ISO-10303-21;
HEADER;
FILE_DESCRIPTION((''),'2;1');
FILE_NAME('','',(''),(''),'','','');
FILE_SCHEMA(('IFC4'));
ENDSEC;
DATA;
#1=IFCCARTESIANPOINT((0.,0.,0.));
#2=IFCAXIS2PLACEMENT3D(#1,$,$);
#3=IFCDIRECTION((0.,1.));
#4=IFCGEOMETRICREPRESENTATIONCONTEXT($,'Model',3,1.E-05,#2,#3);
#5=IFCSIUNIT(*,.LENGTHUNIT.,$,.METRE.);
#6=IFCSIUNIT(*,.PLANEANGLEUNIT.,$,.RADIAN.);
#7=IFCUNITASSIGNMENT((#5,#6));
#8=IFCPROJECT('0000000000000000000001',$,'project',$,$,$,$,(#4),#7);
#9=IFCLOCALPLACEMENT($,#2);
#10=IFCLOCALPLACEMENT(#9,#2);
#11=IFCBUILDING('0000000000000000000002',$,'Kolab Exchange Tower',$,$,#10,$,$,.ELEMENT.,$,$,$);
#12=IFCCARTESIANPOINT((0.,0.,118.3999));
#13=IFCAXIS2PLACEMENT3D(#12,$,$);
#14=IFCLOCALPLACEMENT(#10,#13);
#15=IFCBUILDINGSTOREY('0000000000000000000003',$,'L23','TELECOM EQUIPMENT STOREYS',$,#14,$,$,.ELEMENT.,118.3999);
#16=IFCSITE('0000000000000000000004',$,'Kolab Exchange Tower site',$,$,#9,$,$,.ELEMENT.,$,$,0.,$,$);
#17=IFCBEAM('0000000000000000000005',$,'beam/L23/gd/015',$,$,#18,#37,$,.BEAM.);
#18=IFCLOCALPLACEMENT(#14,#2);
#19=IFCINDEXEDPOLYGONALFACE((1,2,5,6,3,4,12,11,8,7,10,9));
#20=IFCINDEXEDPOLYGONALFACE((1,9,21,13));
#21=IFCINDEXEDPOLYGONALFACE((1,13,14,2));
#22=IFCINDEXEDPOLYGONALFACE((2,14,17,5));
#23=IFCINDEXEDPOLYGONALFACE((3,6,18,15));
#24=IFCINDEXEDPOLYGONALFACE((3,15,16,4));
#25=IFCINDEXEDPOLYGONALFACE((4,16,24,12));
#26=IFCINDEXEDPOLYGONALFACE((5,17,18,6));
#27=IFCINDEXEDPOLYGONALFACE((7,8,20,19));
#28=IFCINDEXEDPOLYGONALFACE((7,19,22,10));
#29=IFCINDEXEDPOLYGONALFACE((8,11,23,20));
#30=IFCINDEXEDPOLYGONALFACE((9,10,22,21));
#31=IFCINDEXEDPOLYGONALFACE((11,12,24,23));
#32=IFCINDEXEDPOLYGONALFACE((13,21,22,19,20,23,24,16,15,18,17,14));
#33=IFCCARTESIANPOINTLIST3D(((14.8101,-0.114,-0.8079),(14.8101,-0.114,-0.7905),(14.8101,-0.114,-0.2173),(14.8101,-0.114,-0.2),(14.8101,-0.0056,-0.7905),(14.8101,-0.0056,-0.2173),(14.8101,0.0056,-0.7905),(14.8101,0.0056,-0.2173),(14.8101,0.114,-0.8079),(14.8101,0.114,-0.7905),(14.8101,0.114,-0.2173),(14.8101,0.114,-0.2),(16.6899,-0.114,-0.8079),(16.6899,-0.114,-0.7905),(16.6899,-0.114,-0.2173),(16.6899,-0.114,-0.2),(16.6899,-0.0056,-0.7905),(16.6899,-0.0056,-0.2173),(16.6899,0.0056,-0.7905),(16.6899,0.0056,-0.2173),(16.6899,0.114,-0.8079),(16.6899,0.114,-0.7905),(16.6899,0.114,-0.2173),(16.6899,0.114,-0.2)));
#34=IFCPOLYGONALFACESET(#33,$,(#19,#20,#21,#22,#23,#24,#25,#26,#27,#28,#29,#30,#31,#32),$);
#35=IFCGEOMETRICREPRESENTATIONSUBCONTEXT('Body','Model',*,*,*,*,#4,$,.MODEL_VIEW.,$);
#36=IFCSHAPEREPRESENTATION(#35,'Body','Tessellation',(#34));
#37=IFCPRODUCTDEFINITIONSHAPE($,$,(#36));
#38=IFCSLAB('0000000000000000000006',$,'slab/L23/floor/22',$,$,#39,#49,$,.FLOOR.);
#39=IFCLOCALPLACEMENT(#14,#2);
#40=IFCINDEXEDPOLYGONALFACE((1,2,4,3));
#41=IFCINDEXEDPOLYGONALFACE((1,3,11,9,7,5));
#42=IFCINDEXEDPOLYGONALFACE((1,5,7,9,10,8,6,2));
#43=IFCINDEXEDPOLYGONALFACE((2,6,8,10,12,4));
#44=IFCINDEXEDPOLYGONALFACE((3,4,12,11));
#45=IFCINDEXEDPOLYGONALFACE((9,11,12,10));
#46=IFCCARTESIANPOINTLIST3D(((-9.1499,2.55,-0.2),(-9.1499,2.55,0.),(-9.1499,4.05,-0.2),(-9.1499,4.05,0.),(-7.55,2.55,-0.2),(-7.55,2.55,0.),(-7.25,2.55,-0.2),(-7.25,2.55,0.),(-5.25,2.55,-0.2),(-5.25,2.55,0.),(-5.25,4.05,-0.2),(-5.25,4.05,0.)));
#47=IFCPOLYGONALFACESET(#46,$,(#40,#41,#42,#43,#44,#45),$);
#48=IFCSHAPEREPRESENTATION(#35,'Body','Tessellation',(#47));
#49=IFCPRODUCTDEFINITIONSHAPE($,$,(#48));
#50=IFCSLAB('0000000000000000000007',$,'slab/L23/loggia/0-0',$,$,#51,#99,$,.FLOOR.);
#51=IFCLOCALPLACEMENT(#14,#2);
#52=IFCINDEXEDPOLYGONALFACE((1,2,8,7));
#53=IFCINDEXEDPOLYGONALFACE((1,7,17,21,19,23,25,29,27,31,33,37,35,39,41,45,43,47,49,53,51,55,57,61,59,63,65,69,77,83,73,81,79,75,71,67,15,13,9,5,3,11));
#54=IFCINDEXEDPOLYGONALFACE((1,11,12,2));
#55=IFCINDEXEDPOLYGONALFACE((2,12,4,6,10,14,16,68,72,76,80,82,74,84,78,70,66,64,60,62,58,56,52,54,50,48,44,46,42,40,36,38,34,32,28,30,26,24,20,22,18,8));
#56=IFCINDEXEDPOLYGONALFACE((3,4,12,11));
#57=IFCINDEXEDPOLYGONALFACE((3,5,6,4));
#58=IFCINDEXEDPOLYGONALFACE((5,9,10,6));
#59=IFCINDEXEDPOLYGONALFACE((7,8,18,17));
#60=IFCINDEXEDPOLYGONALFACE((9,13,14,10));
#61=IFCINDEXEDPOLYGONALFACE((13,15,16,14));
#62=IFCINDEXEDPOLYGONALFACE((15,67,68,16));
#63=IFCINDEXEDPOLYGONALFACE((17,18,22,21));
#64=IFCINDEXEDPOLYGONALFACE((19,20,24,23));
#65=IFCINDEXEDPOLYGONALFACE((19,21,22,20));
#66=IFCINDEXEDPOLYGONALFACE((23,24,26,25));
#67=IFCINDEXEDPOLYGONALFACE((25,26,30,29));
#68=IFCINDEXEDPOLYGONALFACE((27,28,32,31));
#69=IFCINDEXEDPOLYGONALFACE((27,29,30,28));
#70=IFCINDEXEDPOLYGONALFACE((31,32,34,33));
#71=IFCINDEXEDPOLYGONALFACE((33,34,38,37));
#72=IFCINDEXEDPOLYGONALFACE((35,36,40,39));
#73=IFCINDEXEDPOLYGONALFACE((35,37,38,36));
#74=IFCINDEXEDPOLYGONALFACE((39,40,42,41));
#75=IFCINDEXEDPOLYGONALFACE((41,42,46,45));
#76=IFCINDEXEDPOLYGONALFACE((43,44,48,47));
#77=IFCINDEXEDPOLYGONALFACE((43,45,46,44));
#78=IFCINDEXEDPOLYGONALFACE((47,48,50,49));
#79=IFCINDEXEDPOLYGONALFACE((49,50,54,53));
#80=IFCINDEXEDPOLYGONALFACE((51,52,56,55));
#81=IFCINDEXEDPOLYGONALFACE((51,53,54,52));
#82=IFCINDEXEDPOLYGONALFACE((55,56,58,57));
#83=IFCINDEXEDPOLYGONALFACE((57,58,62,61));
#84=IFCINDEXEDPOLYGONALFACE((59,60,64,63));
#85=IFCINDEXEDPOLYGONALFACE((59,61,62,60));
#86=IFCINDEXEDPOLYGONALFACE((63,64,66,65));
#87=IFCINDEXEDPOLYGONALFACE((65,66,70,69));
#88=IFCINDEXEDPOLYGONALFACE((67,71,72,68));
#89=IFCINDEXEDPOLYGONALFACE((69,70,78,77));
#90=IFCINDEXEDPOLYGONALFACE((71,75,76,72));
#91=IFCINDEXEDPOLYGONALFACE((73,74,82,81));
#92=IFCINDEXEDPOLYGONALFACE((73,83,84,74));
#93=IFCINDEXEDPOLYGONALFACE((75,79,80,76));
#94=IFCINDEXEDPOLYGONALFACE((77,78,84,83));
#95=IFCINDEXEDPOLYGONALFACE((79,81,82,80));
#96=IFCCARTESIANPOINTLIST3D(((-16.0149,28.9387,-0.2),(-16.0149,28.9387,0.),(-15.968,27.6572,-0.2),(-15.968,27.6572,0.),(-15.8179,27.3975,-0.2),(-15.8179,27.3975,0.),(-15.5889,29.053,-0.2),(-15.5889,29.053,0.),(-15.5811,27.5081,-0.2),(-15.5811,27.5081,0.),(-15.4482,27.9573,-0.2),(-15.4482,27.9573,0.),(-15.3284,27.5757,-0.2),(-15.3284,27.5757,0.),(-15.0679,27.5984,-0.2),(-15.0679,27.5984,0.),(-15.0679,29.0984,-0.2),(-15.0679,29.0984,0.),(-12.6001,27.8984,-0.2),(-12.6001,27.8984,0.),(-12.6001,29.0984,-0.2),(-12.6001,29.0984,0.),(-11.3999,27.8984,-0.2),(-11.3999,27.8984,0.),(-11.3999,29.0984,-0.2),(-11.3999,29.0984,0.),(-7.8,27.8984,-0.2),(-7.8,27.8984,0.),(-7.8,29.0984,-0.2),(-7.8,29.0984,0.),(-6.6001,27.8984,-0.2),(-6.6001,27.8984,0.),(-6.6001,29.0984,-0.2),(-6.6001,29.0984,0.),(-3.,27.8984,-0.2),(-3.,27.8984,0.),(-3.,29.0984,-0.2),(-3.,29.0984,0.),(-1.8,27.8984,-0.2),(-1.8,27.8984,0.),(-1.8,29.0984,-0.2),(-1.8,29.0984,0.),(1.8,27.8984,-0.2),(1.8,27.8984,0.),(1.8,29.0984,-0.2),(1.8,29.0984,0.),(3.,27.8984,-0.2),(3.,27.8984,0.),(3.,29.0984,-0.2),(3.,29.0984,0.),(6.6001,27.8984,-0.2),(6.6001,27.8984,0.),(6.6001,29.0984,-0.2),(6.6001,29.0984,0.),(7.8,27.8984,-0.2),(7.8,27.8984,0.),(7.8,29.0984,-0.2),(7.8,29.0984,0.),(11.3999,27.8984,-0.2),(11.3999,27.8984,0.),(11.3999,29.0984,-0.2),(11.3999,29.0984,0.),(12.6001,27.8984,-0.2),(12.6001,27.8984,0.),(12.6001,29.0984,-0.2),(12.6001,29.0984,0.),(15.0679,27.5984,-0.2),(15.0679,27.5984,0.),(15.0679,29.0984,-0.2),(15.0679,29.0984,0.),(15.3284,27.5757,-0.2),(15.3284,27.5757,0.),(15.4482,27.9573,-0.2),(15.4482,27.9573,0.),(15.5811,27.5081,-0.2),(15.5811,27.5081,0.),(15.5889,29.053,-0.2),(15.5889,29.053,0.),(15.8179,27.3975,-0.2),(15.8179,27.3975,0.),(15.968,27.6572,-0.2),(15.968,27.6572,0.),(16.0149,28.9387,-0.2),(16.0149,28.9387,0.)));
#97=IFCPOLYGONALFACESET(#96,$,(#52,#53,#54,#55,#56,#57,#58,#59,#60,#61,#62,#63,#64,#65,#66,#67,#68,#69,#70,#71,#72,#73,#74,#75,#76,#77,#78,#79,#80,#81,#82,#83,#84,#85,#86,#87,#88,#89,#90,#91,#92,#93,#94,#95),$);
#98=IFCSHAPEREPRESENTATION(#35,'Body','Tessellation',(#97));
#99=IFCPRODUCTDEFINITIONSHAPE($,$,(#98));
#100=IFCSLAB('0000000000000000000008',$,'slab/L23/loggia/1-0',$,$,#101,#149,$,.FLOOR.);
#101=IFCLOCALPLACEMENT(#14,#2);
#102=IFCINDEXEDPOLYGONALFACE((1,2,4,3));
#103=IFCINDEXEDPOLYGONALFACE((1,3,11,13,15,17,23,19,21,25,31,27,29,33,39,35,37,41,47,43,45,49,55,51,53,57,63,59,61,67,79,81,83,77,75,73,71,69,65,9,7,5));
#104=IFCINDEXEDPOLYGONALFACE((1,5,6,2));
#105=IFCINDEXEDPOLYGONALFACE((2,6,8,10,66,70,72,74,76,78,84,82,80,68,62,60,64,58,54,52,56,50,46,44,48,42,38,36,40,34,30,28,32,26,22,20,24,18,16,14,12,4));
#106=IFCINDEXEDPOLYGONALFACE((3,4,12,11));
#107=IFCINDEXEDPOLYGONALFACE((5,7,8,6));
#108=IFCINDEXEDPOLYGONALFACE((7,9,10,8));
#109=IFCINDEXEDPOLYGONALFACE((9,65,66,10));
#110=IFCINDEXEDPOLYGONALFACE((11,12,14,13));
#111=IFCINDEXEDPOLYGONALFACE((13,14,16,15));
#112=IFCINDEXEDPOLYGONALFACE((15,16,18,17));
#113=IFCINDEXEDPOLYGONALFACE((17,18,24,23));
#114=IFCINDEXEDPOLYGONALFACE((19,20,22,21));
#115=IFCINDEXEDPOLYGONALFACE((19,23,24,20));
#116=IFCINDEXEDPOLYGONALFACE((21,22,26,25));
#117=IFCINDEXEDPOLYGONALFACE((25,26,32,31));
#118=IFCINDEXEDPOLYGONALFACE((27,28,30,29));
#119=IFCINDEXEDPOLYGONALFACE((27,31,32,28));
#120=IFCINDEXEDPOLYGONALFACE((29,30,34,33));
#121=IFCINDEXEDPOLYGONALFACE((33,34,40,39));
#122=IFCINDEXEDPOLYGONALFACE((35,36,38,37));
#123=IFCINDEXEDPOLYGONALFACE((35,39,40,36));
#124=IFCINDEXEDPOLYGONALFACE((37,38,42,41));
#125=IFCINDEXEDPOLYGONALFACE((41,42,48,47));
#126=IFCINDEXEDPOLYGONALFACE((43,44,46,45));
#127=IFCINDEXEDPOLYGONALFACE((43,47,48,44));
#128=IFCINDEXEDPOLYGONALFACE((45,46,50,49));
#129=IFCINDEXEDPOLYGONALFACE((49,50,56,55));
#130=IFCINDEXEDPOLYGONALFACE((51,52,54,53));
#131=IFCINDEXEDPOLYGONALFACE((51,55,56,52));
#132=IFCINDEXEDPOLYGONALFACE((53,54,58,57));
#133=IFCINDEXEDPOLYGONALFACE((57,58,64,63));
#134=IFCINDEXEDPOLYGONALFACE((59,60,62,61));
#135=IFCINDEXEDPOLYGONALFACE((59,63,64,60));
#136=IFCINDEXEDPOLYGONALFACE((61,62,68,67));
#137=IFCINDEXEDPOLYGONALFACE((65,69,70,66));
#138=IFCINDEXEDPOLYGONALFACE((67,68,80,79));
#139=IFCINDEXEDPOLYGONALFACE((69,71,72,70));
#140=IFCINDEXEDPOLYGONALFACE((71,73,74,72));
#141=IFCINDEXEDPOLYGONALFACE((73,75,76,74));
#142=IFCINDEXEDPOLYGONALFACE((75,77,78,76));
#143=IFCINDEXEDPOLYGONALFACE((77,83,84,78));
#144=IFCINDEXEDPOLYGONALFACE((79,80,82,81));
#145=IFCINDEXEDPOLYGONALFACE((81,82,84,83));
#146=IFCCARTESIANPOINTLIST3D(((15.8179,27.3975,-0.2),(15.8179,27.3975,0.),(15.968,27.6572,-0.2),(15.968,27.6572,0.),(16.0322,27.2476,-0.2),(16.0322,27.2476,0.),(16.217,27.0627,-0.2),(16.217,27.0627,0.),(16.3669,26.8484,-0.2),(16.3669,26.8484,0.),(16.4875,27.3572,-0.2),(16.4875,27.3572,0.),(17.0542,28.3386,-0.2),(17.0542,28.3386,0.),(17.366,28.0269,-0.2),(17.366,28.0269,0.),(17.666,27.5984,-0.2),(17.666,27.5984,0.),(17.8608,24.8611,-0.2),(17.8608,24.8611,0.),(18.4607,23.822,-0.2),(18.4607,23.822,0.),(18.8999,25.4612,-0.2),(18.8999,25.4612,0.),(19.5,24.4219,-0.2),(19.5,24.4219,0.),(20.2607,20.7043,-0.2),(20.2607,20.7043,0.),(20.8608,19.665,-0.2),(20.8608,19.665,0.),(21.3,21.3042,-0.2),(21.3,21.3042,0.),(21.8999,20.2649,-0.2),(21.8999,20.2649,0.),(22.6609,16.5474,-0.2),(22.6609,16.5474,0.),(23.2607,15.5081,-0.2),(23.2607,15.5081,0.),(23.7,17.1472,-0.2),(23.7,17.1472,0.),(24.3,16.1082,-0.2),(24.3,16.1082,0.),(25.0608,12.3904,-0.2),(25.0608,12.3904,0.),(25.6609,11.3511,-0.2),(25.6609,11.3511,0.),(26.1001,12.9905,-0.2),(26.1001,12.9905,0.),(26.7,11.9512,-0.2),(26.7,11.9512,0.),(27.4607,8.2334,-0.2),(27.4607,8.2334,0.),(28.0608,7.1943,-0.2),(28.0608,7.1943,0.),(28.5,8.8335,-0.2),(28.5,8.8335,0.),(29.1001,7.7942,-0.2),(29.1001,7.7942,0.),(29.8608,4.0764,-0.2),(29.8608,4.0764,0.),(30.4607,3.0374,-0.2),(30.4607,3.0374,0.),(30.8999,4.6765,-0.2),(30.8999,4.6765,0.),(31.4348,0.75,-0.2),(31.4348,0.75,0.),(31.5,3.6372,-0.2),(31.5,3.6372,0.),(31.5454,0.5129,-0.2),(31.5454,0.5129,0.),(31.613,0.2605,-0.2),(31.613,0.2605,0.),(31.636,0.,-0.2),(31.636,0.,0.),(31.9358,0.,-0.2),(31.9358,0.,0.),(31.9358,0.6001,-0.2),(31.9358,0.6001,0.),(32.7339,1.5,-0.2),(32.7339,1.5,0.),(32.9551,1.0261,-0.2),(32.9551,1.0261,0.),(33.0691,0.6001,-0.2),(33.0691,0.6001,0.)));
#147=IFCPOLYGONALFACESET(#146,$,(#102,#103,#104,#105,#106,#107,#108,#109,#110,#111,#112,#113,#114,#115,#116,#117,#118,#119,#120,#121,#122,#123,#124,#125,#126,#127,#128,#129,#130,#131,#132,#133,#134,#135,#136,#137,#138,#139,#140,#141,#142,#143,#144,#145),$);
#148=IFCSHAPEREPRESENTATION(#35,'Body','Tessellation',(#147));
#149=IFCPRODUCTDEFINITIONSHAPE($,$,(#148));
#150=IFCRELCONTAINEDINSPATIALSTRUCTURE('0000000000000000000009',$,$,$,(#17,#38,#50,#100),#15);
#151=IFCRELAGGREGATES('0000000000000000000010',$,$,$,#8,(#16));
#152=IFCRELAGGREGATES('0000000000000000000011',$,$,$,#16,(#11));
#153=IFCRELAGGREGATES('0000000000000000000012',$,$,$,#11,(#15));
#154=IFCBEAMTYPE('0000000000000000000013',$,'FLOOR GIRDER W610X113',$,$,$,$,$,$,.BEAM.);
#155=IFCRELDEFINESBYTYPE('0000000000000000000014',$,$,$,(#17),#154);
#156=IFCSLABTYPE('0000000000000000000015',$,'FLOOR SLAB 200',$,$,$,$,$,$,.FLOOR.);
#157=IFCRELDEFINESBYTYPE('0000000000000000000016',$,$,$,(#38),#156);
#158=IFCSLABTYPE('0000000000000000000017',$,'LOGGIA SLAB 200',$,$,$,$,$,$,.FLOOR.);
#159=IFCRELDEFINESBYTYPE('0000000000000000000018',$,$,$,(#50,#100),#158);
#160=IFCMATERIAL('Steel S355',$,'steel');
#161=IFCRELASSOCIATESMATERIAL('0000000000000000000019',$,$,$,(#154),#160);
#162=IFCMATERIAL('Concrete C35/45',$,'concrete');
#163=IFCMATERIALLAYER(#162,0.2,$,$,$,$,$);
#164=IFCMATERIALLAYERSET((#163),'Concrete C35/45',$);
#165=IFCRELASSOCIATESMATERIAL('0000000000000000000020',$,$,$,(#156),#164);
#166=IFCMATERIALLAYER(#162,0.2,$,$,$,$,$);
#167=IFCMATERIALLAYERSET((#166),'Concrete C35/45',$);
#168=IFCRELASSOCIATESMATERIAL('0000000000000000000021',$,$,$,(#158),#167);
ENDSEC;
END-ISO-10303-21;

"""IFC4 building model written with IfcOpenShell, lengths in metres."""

from ifc_helpers import new_model, si_unit, direction, frame, origin, origin_2d, place, context, subcontext, project, spatial, polyline, i_section, outline, extrude, material, layer, layer_set, material_profile, profile_set, type_object, element, save


model = new_model("IFC4")

# Units and contexts
model_context = context("Model", 3, precision=1e-05, world=origin(), true_north=direction((0.0, 1.0)))
body_context = subcontext(model_context, "Body", "Model", "MODEL_VIEW")
ifc_project = project(units=[si_unit("LENGTHUNIT", "METRE"), si_unit("PLANEANGLEUNIT", "RADIAN")], contexts=[model_context])

# Site, building, storey
site_placement = place(None, origin())
site = spatial("IfcSite", under=ifc_project, at=site_placement, Name="Kolab Exchange Tower site", CompositionType="ELEMENT", RefElevation=0.0)
building_placement = place(site_placement, origin())
building = spatial("IfcBuilding", under=site, at=building_placement, Name="Kolab Exchange Tower", CompositionType="ELEMENT")
storey_placement = place(building_placement, frame((0.0, 0.0, 118.3999)))
storey = spatial("IfcBuildingStorey", under=building, at=storey_placement, Name="L23", Description="TELECOM EQUIPMENT STOREYS", CompositionType="ELEMENT", Elevation=118.3999)

# Beam
ifc_material_1 = material(Name="Steel S355", Category="steel")
ifc_material_profile = material_profile(ifc_material_1, i_section(OverallWidth=0.228, OverallDepth=0.6079, WebThickness=0.0112, FlangeThickness=0.0173, at=origin_2d()), Name="W610X113")
ifc_profile_set = profile_set([ifc_material_profile], Name="Steel S355")
beam_type = type_object("IfcBeamType", Name="FLOOR GIRDER W610X113", PredefinedType="BEAM", material=ifc_profile_set)
beam_placement = place(storey_placement, frame((14.8101, 0.0, -0.5039), z_axis=(1.0, 0.0, 0.0), x_axis=(0.0, 1.0, 0.0)))
element("IfcBeam", 1, at=beam_placement, inside=storey, type_object=beam_type, Name="beam/L23/gd/015", PredefinedType="BEAM", context=body_context, shape_type="SweptSolid", body=[
    extrude(i_section(OverallWidth=0.228, OverallDepth=0.6079, WebThickness=0.0112, FlangeThickness=0.0173, at=origin_2d()), origin(), (0.0, 0.0, 1.0), 1.8799),
])

# Slabs
ifc_material_2 = material(Name="Concrete C35/45", Category="concrete")
ifc_layer_1 = layer(ifc_material_2, 0.2)
ifc_layer_set_1 = layer_set([ifc_layer_1], Name="Concrete C35/45")
slab_type_1 = type_object("IfcSlabType", Name="FLOOR SLAB 200", PredefinedType="FLOOR", material=ifc_layer_set_1)
slab_1_placement = place(storey_placement, frame((0.0, 0.0, -0.2)))
element("IfcSlab", 2, at=slab_1_placement, inside=storey, type_object=slab_type_1, Name="slab/L23/floor/22", PredefinedType="FLOOR", context=body_context, shape_type="SweptSolid", body=[
    extrude(outline(polyline([(-5.25, 4.05), (-9.1499, 4.05), (-9.1499, 2.55), (-7.55, 2.55), (-7.25, 2.55), (-5.25, 2.55), (-5.25, 4.05)])), origin(), (0.0, 0.0, 1.0), 0.2),
])
ifc_layer_2 = layer(ifc_material_2, 0.2)
ifc_layer_set_2 = layer_set([ifc_layer_2], Name="Concrete C35/45")
slab_type_2 = type_object("IfcSlabType", Name="LOGGIA SLAB 200", PredefinedType="FLOOR", material=ifc_layer_set_2)
slab_2_placement = place(storey_placement, frame((0.0, 0.0, -0.2)))
element("IfcSlab", 3, at=slab_2_placement, inside=storey, type_object=slab_type_2, Name="slab/L23/loggia/0-0", PredefinedType="FLOOR", context=body_context, shape_type="SweptSolid", body=[
    extrude(outline(polyline([(15.8179, 27.3975), (15.968, 27.6572), (15.4482, 27.9573), (16.0149, 28.9387), (15.5889, 29.053), (15.0679, 29.0984), (12.6001, 29.0984), (12.6001, 27.8984), (11.3999, 27.8984), (11.3999, 29.0984), (7.8, 29.0984), (7.8, 27.8984), (6.6001, 27.8984), (6.6001, 29.0984), (3.0, 29.0984), (3.0, 27.8984), (1.8, 27.8984), (1.8, 29.0984), (-1.8, 29.0984), (-1.8, 27.8984), (-3.0, 27.8984), (-3.0, 29.0984), (-6.6001, 29.0984), (-6.6001, 27.8984), (-7.8, 27.8984), (-7.8, 29.0984), (-11.3999, 29.0984), (-11.3999, 27.8984), (-12.6001, 27.8984), (-12.6001, 29.0984), (-15.0679, 29.0984), (-15.5889, 29.053), (-16.0149, 28.9387), (-15.4482, 27.9573), (-15.968, 27.6572), (-15.8179, 27.3975), (-15.5811, 27.5081), (-15.3284, 27.5757), (-15.0679, 27.5984), (15.0679, 27.5984), (15.3284, 27.5757), (15.5811, 27.5081), (15.8179, 27.3975)])), origin(), (0.0, 0.0, 1.0), 0.2),
])
slab_3_placement = place(storey_placement, frame((0.0, 0.0, -0.2)))
element("IfcSlab", 4, at=slab_3_placement, inside=storey, type_object=slab_type_2, Name="slab/L23/loggia/1-0", PredefinedType="FLOOR", context=body_context, shape_type="SweptSolid", body=[
    extrude(outline(polyline([(31.636, 0.0), (31.9358, 0.0), (31.9358, 0.6001), (33.0691, 0.6001), (32.9551, 1.0261), (32.7339, 1.5), (31.5, 3.6372), (30.4607, 3.0374), (29.8608, 4.0764), (30.8999, 4.6765), (29.1001, 7.7942), (28.0608, 7.1943), (27.4607, 8.2334), (28.5, 8.8335), (26.7, 11.9512), (25.6609, 11.3511), (25.0608, 12.3904), (26.1001, 12.9905), (24.3, 16.1082), (23.2607, 15.5081), (22.6609, 16.5474), (23.7, 17.1472), (21.8999, 20.2649), (20.8608, 19.665), (20.2607, 20.7043), (21.3, 21.3042), (19.5, 24.4219), (18.4607, 23.822), (17.8608, 24.8611), (18.8999, 25.4612), (17.666, 27.5984), (17.366, 28.0269), (17.0542, 28.3386), (16.4875, 27.3572), (15.968, 27.6572), (15.8179, 27.3975), (16.0322, 27.2476), (16.217, 27.0627), (16.3669, 26.8484), (31.4348, 0.75), (31.5454, 0.5129), (31.613, 0.2605), (31.636, 0.0)])), origin(), (0.0, 0.0, 1.0), 0.2),
])

save(model, "model.ifc")
